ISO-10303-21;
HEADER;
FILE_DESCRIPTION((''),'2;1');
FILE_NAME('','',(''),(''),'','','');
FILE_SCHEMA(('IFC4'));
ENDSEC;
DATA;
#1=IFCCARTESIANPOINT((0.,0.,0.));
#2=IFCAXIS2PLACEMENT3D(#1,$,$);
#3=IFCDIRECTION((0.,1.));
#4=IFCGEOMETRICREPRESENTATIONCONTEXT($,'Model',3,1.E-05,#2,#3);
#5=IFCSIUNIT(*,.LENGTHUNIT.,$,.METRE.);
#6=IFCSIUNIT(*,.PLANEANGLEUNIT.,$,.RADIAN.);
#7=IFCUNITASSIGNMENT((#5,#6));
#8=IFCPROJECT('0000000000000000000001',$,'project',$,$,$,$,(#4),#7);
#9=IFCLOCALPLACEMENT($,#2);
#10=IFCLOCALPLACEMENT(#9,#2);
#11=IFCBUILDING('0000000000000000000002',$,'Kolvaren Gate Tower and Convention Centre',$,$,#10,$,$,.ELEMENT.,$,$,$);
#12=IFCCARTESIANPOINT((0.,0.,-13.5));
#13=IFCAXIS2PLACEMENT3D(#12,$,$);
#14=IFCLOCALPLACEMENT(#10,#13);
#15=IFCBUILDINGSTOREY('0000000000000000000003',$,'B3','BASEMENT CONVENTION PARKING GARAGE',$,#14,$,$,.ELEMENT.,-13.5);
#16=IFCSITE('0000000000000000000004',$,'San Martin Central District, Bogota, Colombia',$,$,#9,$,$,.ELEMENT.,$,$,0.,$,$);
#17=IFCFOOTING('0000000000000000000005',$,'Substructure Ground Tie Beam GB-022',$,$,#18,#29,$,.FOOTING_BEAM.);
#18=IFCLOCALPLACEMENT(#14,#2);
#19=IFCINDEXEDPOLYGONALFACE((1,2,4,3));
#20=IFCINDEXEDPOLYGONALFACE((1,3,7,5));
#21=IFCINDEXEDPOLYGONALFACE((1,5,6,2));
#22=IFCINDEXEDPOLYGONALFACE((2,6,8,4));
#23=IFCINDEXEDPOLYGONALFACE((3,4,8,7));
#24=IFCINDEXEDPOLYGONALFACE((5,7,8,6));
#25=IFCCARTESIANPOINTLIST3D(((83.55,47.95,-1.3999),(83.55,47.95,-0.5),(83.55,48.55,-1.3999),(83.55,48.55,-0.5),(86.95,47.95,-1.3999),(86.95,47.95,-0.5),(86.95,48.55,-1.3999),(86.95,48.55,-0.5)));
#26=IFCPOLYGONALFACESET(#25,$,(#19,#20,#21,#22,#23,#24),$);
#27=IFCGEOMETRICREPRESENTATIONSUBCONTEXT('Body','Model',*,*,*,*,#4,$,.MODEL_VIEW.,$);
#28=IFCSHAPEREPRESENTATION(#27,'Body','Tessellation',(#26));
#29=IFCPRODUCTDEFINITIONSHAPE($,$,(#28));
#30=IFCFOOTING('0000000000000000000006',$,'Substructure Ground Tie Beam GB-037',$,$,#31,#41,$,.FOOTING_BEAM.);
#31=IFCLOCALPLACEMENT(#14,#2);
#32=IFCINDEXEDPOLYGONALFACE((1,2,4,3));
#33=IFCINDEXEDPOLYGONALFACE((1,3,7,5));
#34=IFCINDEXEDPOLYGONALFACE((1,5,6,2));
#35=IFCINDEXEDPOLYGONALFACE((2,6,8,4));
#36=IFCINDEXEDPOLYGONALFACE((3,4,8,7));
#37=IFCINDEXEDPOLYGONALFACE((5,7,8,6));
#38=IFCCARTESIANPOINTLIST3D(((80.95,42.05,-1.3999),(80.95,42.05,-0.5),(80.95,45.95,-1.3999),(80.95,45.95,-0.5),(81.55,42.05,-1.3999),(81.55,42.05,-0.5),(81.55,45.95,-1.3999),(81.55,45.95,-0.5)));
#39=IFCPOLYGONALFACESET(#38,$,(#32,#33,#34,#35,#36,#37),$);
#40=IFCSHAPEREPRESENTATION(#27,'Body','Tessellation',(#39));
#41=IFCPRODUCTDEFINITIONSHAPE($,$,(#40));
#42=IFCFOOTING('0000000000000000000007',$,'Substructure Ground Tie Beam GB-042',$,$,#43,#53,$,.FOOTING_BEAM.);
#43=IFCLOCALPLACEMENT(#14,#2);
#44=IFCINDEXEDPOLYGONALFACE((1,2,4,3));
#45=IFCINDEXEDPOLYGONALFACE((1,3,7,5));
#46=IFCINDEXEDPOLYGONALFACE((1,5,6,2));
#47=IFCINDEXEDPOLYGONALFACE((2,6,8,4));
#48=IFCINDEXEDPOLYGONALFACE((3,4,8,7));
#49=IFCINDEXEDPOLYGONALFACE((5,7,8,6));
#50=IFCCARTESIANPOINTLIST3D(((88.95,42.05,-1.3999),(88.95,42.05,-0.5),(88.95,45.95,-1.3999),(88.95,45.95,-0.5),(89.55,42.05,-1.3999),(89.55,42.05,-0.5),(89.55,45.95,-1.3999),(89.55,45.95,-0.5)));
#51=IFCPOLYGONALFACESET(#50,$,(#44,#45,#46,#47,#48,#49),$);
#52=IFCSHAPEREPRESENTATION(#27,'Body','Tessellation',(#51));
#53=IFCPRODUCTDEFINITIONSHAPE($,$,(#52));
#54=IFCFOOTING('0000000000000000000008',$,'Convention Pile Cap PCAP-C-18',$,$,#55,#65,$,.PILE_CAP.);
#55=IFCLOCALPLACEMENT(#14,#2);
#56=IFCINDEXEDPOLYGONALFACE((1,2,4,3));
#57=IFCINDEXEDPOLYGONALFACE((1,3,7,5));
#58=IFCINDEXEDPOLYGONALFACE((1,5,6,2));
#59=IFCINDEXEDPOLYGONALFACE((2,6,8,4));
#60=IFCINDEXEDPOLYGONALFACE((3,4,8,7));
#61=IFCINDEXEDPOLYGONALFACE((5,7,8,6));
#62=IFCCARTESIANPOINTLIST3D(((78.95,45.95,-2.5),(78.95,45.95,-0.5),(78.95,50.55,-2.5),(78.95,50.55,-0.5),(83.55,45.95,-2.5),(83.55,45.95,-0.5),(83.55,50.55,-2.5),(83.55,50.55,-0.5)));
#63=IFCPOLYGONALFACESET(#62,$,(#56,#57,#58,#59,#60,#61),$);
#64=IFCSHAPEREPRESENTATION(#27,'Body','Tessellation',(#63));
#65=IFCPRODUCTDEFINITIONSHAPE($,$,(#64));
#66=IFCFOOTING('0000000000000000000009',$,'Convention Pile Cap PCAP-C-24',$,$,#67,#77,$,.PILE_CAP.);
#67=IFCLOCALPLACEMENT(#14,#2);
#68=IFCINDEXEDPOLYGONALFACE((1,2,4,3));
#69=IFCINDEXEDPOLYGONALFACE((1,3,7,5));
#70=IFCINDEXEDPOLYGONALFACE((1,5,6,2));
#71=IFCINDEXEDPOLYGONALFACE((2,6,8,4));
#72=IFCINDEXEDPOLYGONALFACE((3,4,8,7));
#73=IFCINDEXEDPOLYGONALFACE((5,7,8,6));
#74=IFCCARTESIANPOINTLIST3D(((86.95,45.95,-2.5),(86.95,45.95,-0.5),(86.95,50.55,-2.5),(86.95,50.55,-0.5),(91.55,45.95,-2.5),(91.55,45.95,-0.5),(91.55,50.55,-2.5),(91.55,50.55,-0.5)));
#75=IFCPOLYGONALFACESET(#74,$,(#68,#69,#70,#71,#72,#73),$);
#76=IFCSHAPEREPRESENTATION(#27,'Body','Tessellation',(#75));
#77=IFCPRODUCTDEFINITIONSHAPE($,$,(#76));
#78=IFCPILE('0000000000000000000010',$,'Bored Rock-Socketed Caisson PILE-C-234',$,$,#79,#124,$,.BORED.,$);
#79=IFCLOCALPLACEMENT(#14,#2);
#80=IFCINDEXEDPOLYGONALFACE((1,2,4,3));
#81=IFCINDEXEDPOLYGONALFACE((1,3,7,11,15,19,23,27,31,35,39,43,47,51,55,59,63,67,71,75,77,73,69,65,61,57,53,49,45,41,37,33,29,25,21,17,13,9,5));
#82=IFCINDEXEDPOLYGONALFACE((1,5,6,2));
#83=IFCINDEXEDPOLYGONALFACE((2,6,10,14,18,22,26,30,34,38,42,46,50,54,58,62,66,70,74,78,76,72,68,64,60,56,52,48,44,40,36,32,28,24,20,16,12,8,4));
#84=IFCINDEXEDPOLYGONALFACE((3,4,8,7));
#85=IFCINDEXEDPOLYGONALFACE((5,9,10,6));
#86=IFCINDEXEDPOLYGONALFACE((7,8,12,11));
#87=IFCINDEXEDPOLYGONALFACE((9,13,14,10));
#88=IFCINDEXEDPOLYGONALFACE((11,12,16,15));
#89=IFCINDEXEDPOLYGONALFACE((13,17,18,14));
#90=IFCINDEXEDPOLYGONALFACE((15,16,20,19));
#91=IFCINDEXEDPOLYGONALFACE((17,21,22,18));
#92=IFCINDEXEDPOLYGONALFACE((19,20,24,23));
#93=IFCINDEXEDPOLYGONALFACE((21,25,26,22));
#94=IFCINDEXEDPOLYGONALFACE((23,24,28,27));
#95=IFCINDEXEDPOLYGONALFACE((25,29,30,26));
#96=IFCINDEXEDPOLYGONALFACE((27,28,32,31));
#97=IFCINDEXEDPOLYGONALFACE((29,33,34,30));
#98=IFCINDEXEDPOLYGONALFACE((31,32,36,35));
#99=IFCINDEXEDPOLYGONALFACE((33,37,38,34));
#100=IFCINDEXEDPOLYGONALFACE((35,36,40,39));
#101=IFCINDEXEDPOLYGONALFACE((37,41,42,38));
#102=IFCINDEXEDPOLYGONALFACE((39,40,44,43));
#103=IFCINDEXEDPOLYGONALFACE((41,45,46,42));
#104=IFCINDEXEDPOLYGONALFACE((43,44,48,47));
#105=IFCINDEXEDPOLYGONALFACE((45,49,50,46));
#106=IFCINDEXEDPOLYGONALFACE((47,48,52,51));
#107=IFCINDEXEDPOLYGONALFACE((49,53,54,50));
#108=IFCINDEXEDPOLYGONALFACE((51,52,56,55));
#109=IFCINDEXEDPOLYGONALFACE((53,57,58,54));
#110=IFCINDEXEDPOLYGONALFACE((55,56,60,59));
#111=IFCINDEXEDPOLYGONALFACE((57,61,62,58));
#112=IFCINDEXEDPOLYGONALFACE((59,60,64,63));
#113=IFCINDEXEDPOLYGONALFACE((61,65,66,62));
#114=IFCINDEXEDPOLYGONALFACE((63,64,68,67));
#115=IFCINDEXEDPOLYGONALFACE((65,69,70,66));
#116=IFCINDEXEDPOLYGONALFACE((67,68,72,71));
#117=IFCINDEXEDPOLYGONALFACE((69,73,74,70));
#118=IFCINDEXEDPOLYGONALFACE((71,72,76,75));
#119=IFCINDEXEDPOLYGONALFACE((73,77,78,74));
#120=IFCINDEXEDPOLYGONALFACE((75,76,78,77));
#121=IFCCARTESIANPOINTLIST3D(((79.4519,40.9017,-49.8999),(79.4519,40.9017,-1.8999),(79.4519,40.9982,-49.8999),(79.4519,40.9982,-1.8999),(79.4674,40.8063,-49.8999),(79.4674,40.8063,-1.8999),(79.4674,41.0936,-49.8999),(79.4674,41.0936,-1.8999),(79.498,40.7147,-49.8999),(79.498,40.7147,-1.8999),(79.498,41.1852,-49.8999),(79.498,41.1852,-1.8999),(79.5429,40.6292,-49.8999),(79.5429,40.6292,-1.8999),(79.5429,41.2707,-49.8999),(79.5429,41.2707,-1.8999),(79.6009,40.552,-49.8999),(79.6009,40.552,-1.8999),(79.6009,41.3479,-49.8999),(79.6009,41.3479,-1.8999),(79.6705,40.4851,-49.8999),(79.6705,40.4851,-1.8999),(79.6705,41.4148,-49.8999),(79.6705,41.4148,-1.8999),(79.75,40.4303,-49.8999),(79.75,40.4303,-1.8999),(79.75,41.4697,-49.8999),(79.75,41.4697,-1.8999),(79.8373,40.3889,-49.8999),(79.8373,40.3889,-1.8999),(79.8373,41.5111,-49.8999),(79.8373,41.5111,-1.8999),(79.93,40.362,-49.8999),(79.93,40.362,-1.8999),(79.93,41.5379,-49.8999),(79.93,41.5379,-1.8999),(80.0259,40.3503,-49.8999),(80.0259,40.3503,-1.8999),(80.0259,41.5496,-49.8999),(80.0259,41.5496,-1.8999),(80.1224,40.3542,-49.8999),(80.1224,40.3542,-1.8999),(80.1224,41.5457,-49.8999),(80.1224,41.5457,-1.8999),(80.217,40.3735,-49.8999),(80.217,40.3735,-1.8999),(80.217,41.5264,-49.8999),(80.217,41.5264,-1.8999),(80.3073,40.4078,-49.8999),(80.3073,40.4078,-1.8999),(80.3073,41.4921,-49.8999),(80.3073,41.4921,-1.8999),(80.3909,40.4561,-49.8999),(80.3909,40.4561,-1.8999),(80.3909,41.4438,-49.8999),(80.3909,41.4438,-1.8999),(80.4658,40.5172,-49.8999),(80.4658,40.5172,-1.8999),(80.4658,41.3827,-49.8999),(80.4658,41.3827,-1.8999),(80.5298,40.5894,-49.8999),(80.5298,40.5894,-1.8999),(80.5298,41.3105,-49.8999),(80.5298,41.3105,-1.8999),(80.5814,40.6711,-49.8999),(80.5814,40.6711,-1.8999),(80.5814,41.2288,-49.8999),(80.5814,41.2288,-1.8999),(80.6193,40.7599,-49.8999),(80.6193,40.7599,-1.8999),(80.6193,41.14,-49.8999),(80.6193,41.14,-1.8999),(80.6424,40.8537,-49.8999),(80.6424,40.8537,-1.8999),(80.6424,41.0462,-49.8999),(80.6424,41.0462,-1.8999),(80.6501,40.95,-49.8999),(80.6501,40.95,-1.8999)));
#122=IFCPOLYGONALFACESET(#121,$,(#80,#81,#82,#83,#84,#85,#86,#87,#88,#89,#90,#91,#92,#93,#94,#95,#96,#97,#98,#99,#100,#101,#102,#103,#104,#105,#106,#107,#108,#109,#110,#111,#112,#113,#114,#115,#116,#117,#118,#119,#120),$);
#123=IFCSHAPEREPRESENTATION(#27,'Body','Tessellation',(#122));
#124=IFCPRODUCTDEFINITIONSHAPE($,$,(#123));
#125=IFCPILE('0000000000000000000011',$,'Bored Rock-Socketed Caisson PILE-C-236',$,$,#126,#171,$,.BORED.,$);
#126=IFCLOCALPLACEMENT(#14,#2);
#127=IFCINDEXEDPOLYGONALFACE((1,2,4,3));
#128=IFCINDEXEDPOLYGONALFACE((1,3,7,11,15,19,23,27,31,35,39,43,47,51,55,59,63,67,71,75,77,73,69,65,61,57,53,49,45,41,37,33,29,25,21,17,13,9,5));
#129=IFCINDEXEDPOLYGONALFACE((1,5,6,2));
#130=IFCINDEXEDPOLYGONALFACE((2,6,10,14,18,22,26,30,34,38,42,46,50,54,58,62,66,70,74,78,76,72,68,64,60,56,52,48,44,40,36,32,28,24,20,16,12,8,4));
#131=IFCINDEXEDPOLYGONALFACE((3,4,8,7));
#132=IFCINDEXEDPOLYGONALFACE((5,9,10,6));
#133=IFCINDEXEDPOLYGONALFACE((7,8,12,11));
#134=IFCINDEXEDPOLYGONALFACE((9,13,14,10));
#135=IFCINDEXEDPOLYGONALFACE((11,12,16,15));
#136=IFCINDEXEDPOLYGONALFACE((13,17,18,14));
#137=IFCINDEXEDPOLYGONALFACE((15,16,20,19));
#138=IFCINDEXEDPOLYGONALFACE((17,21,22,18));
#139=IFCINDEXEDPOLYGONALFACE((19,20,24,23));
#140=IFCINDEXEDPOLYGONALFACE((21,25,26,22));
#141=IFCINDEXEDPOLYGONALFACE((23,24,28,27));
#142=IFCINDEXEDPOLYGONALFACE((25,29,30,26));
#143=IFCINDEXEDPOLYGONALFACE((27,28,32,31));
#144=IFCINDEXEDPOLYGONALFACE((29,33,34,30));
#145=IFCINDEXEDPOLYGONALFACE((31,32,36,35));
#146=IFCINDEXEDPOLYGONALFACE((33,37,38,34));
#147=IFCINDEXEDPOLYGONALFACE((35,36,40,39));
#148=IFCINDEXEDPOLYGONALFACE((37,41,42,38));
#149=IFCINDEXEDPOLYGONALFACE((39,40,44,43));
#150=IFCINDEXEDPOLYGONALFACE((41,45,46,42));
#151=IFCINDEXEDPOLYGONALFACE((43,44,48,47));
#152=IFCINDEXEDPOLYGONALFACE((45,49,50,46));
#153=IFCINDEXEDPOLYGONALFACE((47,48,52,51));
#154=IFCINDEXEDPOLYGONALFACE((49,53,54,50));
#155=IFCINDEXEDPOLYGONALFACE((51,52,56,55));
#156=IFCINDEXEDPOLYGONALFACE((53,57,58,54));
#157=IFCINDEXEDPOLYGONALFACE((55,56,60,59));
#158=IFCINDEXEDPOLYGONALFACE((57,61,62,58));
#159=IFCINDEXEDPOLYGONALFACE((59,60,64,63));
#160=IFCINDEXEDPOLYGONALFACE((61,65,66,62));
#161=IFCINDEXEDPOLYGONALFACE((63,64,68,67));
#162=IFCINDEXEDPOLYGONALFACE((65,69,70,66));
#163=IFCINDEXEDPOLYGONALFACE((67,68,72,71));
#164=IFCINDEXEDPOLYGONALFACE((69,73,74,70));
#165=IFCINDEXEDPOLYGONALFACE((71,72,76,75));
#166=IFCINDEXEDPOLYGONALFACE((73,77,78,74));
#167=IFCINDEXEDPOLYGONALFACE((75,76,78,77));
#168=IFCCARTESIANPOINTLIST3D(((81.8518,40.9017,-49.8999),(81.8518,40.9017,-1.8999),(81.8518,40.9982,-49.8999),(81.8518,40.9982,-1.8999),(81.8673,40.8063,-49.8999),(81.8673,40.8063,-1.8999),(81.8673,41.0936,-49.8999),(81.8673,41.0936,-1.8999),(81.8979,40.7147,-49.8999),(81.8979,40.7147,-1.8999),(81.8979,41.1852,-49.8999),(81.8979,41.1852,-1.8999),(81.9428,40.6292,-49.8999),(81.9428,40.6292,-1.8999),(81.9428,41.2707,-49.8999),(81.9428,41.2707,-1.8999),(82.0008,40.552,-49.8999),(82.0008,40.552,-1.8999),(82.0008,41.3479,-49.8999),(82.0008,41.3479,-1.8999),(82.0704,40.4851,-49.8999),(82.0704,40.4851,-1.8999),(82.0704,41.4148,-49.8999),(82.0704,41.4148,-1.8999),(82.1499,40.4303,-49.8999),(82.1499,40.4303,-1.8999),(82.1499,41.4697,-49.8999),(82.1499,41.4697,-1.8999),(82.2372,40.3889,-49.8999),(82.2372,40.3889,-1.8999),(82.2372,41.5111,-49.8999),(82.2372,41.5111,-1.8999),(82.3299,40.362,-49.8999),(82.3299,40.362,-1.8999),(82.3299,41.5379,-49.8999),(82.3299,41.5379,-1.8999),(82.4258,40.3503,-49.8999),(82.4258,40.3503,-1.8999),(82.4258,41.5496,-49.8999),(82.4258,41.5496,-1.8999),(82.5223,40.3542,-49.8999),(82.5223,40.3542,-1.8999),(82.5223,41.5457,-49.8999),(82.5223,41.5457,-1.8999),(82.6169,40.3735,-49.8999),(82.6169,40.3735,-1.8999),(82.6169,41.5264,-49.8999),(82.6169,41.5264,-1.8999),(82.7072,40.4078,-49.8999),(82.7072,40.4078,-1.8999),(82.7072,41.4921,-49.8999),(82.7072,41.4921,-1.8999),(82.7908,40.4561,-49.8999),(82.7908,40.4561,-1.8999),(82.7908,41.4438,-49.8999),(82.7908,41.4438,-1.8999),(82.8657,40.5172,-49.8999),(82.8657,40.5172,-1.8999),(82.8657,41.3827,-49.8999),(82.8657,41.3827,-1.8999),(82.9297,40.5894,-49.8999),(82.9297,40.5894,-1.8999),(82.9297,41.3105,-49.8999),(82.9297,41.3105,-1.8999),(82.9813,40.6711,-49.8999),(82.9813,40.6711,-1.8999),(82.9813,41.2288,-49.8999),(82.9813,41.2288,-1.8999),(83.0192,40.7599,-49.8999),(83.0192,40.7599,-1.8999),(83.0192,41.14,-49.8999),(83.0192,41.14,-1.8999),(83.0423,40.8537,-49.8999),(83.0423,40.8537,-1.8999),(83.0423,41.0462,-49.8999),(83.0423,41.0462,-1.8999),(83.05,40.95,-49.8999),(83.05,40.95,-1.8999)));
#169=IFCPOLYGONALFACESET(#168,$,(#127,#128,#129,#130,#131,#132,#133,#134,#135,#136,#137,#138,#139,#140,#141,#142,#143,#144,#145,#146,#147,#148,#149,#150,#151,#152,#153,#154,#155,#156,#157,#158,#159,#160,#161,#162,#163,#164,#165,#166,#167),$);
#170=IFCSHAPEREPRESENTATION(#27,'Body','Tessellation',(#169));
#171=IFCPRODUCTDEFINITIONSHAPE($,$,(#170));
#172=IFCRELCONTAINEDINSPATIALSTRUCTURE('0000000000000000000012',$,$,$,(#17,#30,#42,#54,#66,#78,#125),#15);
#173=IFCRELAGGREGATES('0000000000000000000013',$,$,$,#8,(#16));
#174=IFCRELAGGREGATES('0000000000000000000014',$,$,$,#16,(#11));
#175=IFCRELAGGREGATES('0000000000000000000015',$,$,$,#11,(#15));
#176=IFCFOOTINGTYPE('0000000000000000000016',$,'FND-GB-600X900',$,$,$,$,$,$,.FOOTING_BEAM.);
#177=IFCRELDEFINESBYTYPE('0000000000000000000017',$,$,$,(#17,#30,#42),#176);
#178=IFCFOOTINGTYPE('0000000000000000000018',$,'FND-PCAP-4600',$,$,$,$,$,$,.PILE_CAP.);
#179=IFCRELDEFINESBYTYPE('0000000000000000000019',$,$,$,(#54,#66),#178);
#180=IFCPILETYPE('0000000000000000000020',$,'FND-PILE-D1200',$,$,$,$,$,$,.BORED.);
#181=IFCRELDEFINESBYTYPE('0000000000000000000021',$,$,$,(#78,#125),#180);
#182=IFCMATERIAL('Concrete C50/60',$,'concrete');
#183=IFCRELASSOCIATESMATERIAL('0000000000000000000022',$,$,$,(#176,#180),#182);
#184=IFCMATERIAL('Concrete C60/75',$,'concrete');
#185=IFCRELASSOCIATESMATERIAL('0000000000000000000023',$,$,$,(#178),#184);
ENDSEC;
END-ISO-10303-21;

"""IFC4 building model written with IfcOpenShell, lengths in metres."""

from ifc_helpers import new_model, si_unit, direction, frame, origin, origin_2d, place, context, subcontext, project, spatial, rectangle, circle, extrude, material, material_profile, profile_set, type_object, element, save


model = new_model("IFC4")

# Units and contexts
model_context = context("Model", 3, precision=1e-05, world=origin(), true_north=direction((0.0, 1.0)))
body_context = subcontext(model_context, "Body", "Model", "MODEL_VIEW")
ifc_project = project(units=[si_unit("LENGTHUNIT", "METRE"), si_unit("PLANEANGLEUNIT", "RADIAN")], contexts=[model_context])

# Site, building, storey
site_placement = place(None, origin())
site = spatial("IfcSite", under=ifc_project, at=site_placement, Name="San Martin Central District, Bogota, Colombia", CompositionType="ELEMENT", RefElevation=0.0)
building_placement = place(site_placement, origin())
building = spatial("IfcBuilding", under=site, at=building_placement, Name="Kolvaren Gate Tower and Convention Centre", CompositionType="ELEMENT")
storey_placement = place(building_placement, frame((0.0, 0.0, -13.5)))
storey = spatial("IfcBuildingStorey", under=building, at=storey_placement, Name="B3", Description="BASEMENT CONVENTION PARKING GARAGE", CompositionType="ELEMENT", Elevation=-13.5)

# Footings
ifc_material_1 = material(Name="Concrete C50/60", Category="concrete")
ifc_material_profile_1 = material_profile(ifc_material_1, rectangle(XDim=0.6001, YDim=0.8999, at=origin_2d()), Name="RC-BM-600X900")
ifc_profile_set_1 = profile_set([ifc_material_profile_1], Name="Concrete C50/60")
footing_type_1 = type_object("IfcFootingType", Name="FND-GB-600X900", PredefinedType="FOOTING_BEAM", material=ifc_profile_set_1)
footing_placement = place(storey_placement, frame((83.55, 48.25, -0.95), z_axis=(1.0, 0.0, 0.0), x_axis=(0.0, 1.0, 0.0)))
element("IfcFooting", 1, at=footing_placement, inside=storey, type_object=footing_type_1, Name="Substructure Ground Tie Beam GB-022", PredefinedType="FOOTING_BEAM", context=body_context, shape_type="SweptSolid", body=[
    extrude(rectangle(XDim=0.6001, YDim=0.8999, at=origin_2d()), origin(), (0.0, 0.0, 1.0), 3.3999),
])
for number, where, z_axis, x_axis, name in (
    (2, (81.25, 42.05, -0.95), (0.0, 1.0, 0.0), (-1.0, 0.0, 0.0), "Substructure Ground Tie Beam GB-037"),
    (3, (89.25, 42.05, -0.95), (0.0, 1.0, 0.0), (-1.0, 0.0, 0.0), "Substructure Ground Tie Beam GB-042"),
):
    element("IfcFooting", number, at=place(storey_placement, frame(where, z_axis=z_axis, x_axis=x_axis)), inside=storey, type_object=footing_type_1, Name=name, PredefinedType="FOOTING_BEAM", context=body_context, shape_type="SweptSolid", body=[
        extrude(rectangle(XDim=0.6001, YDim=0.8999, at=origin_2d()), origin(), (0.0, 0.0, 1.0), 3.8999),
    ])
ifc_material_2 = material(Name="Concrete C60/75", Category="concrete")
footing_type_2 = type_object("IfcFootingType", Name="FND-PCAP-4600", PredefinedType="PILE_CAP", material=ifc_material_2)
for number, where, z_axis, x_axis, name in (
    (4, (81.25, 48.25, -2.5), (0.0, 0.0, 1.0), (1.0, 0.0, 0.0), "Convention Pile Cap PCAP-C-18"),
    (5, (89.25, 48.25, -2.5), (0.0, 0.0, 1.0), (1.0, 0.0, 0.0), "Convention Pile Cap PCAP-C-24"),
):
    element("IfcFooting", number, at=place(storey_placement, frame(where, z_axis=z_axis, x_axis=x_axis)), inside=storey, type_object=footing_type_2, Name=name, PredefinedType="PILE_CAP", context=body_context, shape_type="SweptSolid", body=[
        extrude(rectangle(XDim=4.6001, YDim=4.6001, at=origin_2d()), origin(), (0.0, 0.0, 1.0), 2.0),
    ])

# Piles
ifc_material_profile_2 = material_profile(ifc_material_1, circle(Radius=0.6001, at=origin_2d()), Name="CAISSON-D1200")
ifc_profile_set_2 = profile_set([ifc_material_profile_2], Name="Concrete C50/60")
pile_type = type_object("IfcPileType", Name="FND-PILE-D1200", PredefinedType="BORED", material=ifc_profile_set_2)
for number, where, z_axis, x_axis, name in (
    (6, (80.05, 40.95, -1.8999), (0.0, 0.0, -1.0), (1.0, 0.0, 0.0), "Bored Rock-Socketed Caisson PILE-C-234"),
    (7, (82.45, 40.95, -1.8999), (0.0, 0.0, -1.0), (1.0, 0.0, 0.0), "Bored Rock-Socketed Caisson PILE-C-236"),
):
    element("IfcPile", number, at=place(storey_placement, frame(where, z_axis=z_axis, x_axis=x_axis)), inside=storey, type_object=pile_type, Name=name, PredefinedType="BORED", context=body_context, shape_type="SweptSolid", body=[
        extrude(circle(Radius=0.6001, at=origin_2d()), origin(), (0.0, 0.0, 1.0), 48.0),
    ])

save(model, "model.ifc")
